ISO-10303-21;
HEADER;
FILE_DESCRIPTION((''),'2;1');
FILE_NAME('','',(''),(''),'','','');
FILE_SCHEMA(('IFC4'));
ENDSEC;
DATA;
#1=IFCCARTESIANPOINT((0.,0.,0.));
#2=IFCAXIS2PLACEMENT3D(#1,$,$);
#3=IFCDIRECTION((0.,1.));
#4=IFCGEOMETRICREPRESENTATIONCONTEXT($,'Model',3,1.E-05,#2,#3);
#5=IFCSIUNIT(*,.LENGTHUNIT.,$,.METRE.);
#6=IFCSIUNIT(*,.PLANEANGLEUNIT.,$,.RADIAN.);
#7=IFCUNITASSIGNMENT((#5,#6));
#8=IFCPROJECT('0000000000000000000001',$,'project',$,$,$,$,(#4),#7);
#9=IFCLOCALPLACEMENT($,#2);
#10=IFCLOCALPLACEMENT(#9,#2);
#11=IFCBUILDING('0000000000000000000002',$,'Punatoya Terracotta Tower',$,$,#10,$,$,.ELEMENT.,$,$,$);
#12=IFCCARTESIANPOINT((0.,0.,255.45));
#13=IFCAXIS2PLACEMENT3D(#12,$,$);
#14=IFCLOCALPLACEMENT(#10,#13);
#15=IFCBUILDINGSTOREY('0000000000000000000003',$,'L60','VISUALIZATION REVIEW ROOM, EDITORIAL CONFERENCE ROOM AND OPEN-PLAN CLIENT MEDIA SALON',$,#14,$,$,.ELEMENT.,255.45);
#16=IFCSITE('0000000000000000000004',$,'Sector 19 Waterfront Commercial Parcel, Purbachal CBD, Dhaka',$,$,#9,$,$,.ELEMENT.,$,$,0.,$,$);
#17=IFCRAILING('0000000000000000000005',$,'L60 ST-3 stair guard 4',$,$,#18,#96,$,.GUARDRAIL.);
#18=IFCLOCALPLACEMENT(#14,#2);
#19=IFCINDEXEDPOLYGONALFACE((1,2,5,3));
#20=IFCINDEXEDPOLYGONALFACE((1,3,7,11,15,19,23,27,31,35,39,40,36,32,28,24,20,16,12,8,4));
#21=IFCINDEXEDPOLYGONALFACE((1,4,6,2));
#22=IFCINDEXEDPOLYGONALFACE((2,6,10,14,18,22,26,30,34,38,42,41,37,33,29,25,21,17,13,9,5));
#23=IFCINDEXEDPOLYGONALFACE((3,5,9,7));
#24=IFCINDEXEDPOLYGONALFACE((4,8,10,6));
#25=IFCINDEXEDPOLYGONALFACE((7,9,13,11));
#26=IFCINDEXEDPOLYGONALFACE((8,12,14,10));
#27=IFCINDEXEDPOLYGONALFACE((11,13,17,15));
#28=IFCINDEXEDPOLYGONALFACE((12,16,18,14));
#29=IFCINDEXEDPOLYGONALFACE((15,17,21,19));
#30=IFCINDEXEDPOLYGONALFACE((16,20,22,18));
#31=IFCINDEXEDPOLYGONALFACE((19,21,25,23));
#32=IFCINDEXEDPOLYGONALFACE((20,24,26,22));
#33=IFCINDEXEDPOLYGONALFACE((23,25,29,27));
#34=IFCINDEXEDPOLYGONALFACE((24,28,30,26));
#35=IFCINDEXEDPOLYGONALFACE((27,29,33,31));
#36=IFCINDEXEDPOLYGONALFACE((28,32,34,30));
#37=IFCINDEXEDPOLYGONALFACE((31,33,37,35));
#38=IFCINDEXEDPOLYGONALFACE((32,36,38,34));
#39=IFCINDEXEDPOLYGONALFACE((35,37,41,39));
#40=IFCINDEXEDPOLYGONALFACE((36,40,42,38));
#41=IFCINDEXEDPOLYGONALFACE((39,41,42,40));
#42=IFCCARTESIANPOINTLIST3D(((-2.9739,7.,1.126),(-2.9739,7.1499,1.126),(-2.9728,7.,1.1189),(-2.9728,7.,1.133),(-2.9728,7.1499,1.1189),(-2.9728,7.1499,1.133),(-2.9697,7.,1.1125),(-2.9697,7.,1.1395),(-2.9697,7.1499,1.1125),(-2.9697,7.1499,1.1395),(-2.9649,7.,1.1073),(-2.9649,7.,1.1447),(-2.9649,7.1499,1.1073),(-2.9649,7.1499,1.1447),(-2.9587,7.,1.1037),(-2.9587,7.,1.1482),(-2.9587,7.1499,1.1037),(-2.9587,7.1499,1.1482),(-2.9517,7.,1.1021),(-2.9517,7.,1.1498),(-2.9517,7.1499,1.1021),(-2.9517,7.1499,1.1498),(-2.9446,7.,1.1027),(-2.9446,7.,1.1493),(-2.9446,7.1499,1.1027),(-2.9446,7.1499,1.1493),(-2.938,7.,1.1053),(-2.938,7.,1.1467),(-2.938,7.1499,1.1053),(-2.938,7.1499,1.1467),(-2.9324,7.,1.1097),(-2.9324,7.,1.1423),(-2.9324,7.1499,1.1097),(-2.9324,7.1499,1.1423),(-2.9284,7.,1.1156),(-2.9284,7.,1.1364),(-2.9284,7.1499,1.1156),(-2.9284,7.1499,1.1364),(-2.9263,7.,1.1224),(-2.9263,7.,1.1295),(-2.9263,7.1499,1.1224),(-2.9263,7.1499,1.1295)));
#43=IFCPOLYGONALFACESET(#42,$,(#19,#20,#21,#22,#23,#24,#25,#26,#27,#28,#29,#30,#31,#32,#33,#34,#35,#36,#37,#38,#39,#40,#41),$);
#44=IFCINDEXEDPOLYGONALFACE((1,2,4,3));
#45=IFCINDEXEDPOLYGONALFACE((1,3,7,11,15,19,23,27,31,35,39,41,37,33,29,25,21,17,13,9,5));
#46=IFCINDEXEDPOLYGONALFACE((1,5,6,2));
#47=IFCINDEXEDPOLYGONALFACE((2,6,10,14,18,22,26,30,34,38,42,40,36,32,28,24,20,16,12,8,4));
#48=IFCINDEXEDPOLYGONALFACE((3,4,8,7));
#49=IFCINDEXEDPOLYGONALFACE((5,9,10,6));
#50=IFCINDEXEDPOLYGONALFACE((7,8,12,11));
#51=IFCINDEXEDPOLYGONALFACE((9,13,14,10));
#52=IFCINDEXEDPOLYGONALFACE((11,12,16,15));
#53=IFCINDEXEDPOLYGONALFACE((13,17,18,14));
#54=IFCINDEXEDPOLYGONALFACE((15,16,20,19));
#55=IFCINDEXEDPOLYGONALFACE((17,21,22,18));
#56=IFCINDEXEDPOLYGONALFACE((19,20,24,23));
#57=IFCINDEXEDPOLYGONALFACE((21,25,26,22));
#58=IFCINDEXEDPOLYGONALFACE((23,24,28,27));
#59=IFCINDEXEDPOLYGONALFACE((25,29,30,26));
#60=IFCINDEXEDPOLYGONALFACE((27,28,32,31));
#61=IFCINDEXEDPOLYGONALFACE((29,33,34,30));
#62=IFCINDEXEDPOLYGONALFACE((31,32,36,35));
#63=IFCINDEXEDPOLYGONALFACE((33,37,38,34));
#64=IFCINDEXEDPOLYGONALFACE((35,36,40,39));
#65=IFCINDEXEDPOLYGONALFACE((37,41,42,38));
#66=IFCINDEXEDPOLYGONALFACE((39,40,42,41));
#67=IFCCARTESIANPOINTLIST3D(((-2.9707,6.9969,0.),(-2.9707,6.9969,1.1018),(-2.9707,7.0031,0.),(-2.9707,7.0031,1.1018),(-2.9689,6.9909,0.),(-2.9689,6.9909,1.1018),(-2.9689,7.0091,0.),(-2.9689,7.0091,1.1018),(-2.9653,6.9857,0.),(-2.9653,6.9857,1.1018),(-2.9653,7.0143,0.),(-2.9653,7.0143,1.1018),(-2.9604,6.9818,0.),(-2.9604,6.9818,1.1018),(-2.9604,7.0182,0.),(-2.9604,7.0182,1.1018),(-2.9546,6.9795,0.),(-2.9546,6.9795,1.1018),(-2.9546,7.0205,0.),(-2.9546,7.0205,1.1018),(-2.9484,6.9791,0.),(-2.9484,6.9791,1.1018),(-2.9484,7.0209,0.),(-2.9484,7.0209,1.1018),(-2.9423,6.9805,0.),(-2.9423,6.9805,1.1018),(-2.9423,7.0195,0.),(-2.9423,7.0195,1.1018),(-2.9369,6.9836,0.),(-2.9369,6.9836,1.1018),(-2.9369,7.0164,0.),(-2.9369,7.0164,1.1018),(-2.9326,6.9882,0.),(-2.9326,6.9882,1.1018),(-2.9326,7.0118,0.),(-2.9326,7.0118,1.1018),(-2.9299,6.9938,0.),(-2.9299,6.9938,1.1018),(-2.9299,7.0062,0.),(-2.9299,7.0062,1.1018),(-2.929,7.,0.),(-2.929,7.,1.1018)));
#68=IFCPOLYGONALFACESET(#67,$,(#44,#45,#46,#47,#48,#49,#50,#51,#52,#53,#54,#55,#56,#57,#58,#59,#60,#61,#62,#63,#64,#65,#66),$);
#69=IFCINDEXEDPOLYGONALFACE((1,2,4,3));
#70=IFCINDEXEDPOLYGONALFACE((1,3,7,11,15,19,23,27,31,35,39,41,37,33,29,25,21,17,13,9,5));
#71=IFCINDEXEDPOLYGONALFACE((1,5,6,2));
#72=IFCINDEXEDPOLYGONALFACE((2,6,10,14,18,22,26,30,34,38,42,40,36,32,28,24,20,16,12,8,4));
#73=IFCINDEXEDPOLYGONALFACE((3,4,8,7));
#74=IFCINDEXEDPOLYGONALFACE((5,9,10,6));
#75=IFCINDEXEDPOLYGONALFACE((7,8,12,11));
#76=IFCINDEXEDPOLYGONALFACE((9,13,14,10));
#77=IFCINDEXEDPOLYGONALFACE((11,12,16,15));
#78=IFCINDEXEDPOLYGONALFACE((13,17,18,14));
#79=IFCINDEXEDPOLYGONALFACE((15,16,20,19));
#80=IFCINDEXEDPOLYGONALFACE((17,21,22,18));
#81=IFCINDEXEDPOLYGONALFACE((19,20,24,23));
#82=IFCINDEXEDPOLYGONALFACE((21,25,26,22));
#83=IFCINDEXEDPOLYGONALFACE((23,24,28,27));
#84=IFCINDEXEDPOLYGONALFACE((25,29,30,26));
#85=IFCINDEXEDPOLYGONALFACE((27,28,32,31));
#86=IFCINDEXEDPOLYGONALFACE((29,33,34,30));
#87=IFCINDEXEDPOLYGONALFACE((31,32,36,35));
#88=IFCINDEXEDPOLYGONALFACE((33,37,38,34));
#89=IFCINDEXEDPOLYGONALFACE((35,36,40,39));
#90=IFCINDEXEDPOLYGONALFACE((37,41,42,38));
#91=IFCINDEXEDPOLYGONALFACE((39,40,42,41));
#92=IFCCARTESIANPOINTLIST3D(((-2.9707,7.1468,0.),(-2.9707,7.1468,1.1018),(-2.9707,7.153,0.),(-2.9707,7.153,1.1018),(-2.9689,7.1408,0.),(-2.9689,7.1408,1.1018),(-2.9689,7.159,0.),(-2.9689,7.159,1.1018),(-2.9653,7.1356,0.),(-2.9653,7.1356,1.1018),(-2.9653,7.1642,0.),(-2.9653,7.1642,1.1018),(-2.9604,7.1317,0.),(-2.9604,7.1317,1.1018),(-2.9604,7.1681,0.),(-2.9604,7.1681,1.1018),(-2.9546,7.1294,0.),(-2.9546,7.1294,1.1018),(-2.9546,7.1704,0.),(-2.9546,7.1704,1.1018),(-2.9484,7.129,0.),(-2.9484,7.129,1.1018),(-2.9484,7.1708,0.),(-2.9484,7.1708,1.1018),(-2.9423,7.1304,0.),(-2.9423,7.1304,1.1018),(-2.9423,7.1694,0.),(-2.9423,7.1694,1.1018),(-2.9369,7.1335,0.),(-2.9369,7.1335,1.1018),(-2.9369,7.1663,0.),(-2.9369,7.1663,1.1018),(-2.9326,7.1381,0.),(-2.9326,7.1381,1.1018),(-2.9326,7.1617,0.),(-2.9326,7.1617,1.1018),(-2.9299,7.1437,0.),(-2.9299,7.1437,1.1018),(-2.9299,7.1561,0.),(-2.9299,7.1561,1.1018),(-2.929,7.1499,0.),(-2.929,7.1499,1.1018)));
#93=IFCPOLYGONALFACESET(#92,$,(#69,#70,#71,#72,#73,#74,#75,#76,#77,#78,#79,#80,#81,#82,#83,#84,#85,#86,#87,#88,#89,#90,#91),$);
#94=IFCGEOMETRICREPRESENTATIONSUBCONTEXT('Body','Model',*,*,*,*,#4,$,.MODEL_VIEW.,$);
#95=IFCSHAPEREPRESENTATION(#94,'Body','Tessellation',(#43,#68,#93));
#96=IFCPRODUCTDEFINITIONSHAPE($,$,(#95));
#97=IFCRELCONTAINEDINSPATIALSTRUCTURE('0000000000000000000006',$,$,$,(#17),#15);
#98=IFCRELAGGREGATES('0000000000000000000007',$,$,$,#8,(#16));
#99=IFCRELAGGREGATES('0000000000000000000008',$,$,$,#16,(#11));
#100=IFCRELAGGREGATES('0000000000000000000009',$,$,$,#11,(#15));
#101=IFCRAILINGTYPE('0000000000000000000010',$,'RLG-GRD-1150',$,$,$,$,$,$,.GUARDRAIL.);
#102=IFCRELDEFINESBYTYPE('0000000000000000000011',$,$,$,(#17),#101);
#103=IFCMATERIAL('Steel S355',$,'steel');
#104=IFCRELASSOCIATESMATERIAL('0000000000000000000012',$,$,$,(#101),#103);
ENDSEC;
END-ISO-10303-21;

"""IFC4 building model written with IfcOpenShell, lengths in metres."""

from ifc_helpers import new_model, si_unit, direction, frame, origin, origin_2d, place, context, subcontext, project, spatial, circle, extrude, material, type_object, element, save


model = new_model("IFC4")

# Units and contexts
model_context = context("Model", 3, precision=1e-05, world=origin(), true_north=direction((0.0, 1.0)))
body_context = subcontext(model_context, "Body", "Model", "MODEL_VIEW")
ifc_project = project(units=[si_unit("LENGTHUNIT", "METRE"), si_unit("PLANEANGLEUNIT", "RADIAN")], contexts=[model_context])

# Site, building, storey
site_placement = place(None, origin())
site = spatial("IfcSite", under=ifc_project, at=site_placement, Name="Sector 19 Waterfront Commercial Parcel, Purbachal CBD, Dhaka", CompositionType="ELEMENT", RefElevation=0.0)
building_placement = place(site_placement, origin())
building = spatial("IfcBuilding", under=site, at=building_placement, Name="Punatoya Terracotta Tower", CompositionType="ELEMENT")
storey_placement = place(building_placement, frame((0.0, 0.0, 255.45)))
storey = spatial("IfcBuildingStorey", under=building, at=storey_placement, Name="L60", Description="VISUALIZATION REVIEW ROOM, EDITORIAL CONFERENCE ROOM AND OPEN-PLAN CLIENT MEDIA SALON", CompositionType="ELEMENT", Elevation=255.45)

# Shared definitions
ifc_material_1 = material(Name="Steel S355", Category="steel")

# Railing
railing_type_1 = type_object("IfcRailingType", Name="RLG-GRD-1150", PredefinedType="GUARDRAIL", material=ifc_material_1)
railing_1_placement = place(storey_placement, frame((-2.95, 7.0, 0.0)))
element("IfcRailing", 1, at=railing_1_placement, inside=storey, type_object=railing_type_1, Name="L60 ST-3 stair guard 4", PredefinedType="GUARDRAIL", context=body_context, shape_type="SweptSolid", body=[
    extrude(circle(Radius=0.0239, at=origin_2d()), frame((0.0, 0.0, 1.126), z_axis=(0.0, 1.0, 0.0), x_axis=(-1.0, 0.0, 0.0)), (0.0, 0.0, 1.0), 0.1499),
    extrude(circle(Radius=0.021, at=origin_2d()), origin(), (0.0, 0.0, 1.0), 1.1018),
    extrude(circle(Radius=0.021, at=origin_2d()), frame((0.0, 0.1499, 0.0)), (0.0, 0.0, 1.0), 1.1018),
])

save(model, "model.ifc")
